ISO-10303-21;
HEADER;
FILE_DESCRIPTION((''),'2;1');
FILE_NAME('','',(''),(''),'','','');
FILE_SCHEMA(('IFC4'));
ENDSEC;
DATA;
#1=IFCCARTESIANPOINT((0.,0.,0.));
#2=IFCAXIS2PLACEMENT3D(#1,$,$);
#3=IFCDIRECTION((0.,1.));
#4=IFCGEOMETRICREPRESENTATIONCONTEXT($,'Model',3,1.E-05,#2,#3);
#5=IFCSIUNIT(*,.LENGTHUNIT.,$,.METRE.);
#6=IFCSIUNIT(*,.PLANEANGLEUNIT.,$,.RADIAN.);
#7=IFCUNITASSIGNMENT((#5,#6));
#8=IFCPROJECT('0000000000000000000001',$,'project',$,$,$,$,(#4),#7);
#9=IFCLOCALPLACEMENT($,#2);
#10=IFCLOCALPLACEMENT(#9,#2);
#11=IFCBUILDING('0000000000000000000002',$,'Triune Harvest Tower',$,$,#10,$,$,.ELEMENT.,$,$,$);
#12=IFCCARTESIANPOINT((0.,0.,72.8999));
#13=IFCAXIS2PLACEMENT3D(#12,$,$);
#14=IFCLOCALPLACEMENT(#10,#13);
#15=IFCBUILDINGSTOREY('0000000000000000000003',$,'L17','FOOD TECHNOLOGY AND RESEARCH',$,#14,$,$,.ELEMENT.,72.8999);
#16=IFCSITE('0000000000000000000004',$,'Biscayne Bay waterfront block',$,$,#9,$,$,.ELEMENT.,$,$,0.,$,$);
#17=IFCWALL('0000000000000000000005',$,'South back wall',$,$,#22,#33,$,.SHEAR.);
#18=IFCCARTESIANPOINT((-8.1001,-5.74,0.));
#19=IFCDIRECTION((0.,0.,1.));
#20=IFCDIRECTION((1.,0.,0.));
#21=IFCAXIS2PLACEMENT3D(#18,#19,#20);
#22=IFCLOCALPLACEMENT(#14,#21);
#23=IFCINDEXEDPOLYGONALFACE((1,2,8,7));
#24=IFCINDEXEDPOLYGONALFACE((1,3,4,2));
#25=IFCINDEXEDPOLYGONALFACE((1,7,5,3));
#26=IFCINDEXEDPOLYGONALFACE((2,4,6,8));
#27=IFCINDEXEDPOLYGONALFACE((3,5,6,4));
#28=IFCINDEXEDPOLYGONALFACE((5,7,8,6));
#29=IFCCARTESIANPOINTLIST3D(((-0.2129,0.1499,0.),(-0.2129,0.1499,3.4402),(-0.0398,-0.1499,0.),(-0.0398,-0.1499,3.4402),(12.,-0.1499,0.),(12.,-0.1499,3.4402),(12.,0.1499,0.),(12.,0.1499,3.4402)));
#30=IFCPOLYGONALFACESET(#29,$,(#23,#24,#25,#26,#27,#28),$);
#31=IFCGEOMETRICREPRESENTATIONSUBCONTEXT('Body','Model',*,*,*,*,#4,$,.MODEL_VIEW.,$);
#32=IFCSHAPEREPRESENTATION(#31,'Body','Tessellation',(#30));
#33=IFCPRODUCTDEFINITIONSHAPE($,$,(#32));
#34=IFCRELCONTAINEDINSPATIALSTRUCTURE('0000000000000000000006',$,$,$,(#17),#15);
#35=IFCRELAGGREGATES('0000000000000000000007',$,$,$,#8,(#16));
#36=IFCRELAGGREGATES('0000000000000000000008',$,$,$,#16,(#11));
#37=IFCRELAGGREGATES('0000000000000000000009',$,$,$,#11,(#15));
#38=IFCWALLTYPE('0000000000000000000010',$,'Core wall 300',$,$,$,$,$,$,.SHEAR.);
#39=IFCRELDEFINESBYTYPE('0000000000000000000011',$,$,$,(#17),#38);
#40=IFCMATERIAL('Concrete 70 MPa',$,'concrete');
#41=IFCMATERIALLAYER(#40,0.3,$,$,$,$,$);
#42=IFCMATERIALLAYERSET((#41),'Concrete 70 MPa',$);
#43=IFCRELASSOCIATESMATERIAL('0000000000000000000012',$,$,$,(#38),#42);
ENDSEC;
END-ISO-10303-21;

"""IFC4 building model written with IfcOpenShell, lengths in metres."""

from ifc_helpers import new_model, si_unit, direction, frame, origin, place, context, subcontext, project, spatial, polyline, outline, extrude, source, transform, mapped, material, layer, layer_set, type_object, element, save


model = new_model("IFC4")

# Units and contexts
model_context = context("Model", 3, precision=1e-05, world=origin(), true_north=direction((0.0, 1.0)))
body_context = subcontext(model_context, "Body", "Model", "MODEL_VIEW")
ifc_project = project(units=[si_unit("LENGTHUNIT", "METRE"), si_unit("PLANEANGLEUNIT", "RADIAN")], contexts=[model_context])

# Site, building, storey
site_placement = place(None, origin())
site = spatial("IfcSite", under=ifc_project, at=site_placement, Name="Biscayne Bay waterfront block", CompositionType="ELEMENT", RefElevation=0.0)
building_placement = place(site_placement, origin())
building = spatial("IfcBuilding", under=site, at=building_placement, Name="Triune Harvest Tower", CompositionType="ELEMENT")
storey_placement = place(building_placement, frame((0.0, 0.0, 72.8999)))
storey = spatial("IfcBuildingStorey", under=building, at=storey_placement, Name="L17", Description="FOOD TECHNOLOGY AND RESEARCH", CompositionType="ELEMENT", Elevation=72.8999)

# Shared definitions
ifc_material_1 = material(Name="Concrete 70 MPa", Category="concrete")
ifc_layer_1 = layer(ifc_material_1, 0.3)
ifc_layer_set_1 = layer_set([ifc_layer_1], Name="Concrete 70 MPa")
wall_type_1 = type_object("IfcWallType", Name="Core wall 300", PredefinedType="SHEAR", material=ifc_layer_set_1)

# Wall
shared_shape_1 = source(origin(), body_context, "Body", "SweptSolid", [
    extrude(outline(polyline([(12.0, -0.1499), (-0.0398, -0.1499), (-0.2129, 0.1499), (12.0, 0.1499), (12.0, -0.1499)])), origin(), (0.0, 0.0, 1.0), 3.4402),
])
wall_1_placement = place(storey_placement, frame((-8.1001, -5.74, 0.0), z_axis=(0.0, 0.0, 1.0), x_axis=(1.0, 0.0, 0.0)))
element("IfcWall", 1, at=wall_1_placement, inside=storey, type_object=wall_type_1, Name="South back wall", PredefinedType="SHEAR", context=body_context, shape_type="MappedRepresentation", body=[
    mapped(shared_shape_1, transform((0.0, 0.0, 0.0), scale=1.0)),
])

save(model, "model.ifc")
